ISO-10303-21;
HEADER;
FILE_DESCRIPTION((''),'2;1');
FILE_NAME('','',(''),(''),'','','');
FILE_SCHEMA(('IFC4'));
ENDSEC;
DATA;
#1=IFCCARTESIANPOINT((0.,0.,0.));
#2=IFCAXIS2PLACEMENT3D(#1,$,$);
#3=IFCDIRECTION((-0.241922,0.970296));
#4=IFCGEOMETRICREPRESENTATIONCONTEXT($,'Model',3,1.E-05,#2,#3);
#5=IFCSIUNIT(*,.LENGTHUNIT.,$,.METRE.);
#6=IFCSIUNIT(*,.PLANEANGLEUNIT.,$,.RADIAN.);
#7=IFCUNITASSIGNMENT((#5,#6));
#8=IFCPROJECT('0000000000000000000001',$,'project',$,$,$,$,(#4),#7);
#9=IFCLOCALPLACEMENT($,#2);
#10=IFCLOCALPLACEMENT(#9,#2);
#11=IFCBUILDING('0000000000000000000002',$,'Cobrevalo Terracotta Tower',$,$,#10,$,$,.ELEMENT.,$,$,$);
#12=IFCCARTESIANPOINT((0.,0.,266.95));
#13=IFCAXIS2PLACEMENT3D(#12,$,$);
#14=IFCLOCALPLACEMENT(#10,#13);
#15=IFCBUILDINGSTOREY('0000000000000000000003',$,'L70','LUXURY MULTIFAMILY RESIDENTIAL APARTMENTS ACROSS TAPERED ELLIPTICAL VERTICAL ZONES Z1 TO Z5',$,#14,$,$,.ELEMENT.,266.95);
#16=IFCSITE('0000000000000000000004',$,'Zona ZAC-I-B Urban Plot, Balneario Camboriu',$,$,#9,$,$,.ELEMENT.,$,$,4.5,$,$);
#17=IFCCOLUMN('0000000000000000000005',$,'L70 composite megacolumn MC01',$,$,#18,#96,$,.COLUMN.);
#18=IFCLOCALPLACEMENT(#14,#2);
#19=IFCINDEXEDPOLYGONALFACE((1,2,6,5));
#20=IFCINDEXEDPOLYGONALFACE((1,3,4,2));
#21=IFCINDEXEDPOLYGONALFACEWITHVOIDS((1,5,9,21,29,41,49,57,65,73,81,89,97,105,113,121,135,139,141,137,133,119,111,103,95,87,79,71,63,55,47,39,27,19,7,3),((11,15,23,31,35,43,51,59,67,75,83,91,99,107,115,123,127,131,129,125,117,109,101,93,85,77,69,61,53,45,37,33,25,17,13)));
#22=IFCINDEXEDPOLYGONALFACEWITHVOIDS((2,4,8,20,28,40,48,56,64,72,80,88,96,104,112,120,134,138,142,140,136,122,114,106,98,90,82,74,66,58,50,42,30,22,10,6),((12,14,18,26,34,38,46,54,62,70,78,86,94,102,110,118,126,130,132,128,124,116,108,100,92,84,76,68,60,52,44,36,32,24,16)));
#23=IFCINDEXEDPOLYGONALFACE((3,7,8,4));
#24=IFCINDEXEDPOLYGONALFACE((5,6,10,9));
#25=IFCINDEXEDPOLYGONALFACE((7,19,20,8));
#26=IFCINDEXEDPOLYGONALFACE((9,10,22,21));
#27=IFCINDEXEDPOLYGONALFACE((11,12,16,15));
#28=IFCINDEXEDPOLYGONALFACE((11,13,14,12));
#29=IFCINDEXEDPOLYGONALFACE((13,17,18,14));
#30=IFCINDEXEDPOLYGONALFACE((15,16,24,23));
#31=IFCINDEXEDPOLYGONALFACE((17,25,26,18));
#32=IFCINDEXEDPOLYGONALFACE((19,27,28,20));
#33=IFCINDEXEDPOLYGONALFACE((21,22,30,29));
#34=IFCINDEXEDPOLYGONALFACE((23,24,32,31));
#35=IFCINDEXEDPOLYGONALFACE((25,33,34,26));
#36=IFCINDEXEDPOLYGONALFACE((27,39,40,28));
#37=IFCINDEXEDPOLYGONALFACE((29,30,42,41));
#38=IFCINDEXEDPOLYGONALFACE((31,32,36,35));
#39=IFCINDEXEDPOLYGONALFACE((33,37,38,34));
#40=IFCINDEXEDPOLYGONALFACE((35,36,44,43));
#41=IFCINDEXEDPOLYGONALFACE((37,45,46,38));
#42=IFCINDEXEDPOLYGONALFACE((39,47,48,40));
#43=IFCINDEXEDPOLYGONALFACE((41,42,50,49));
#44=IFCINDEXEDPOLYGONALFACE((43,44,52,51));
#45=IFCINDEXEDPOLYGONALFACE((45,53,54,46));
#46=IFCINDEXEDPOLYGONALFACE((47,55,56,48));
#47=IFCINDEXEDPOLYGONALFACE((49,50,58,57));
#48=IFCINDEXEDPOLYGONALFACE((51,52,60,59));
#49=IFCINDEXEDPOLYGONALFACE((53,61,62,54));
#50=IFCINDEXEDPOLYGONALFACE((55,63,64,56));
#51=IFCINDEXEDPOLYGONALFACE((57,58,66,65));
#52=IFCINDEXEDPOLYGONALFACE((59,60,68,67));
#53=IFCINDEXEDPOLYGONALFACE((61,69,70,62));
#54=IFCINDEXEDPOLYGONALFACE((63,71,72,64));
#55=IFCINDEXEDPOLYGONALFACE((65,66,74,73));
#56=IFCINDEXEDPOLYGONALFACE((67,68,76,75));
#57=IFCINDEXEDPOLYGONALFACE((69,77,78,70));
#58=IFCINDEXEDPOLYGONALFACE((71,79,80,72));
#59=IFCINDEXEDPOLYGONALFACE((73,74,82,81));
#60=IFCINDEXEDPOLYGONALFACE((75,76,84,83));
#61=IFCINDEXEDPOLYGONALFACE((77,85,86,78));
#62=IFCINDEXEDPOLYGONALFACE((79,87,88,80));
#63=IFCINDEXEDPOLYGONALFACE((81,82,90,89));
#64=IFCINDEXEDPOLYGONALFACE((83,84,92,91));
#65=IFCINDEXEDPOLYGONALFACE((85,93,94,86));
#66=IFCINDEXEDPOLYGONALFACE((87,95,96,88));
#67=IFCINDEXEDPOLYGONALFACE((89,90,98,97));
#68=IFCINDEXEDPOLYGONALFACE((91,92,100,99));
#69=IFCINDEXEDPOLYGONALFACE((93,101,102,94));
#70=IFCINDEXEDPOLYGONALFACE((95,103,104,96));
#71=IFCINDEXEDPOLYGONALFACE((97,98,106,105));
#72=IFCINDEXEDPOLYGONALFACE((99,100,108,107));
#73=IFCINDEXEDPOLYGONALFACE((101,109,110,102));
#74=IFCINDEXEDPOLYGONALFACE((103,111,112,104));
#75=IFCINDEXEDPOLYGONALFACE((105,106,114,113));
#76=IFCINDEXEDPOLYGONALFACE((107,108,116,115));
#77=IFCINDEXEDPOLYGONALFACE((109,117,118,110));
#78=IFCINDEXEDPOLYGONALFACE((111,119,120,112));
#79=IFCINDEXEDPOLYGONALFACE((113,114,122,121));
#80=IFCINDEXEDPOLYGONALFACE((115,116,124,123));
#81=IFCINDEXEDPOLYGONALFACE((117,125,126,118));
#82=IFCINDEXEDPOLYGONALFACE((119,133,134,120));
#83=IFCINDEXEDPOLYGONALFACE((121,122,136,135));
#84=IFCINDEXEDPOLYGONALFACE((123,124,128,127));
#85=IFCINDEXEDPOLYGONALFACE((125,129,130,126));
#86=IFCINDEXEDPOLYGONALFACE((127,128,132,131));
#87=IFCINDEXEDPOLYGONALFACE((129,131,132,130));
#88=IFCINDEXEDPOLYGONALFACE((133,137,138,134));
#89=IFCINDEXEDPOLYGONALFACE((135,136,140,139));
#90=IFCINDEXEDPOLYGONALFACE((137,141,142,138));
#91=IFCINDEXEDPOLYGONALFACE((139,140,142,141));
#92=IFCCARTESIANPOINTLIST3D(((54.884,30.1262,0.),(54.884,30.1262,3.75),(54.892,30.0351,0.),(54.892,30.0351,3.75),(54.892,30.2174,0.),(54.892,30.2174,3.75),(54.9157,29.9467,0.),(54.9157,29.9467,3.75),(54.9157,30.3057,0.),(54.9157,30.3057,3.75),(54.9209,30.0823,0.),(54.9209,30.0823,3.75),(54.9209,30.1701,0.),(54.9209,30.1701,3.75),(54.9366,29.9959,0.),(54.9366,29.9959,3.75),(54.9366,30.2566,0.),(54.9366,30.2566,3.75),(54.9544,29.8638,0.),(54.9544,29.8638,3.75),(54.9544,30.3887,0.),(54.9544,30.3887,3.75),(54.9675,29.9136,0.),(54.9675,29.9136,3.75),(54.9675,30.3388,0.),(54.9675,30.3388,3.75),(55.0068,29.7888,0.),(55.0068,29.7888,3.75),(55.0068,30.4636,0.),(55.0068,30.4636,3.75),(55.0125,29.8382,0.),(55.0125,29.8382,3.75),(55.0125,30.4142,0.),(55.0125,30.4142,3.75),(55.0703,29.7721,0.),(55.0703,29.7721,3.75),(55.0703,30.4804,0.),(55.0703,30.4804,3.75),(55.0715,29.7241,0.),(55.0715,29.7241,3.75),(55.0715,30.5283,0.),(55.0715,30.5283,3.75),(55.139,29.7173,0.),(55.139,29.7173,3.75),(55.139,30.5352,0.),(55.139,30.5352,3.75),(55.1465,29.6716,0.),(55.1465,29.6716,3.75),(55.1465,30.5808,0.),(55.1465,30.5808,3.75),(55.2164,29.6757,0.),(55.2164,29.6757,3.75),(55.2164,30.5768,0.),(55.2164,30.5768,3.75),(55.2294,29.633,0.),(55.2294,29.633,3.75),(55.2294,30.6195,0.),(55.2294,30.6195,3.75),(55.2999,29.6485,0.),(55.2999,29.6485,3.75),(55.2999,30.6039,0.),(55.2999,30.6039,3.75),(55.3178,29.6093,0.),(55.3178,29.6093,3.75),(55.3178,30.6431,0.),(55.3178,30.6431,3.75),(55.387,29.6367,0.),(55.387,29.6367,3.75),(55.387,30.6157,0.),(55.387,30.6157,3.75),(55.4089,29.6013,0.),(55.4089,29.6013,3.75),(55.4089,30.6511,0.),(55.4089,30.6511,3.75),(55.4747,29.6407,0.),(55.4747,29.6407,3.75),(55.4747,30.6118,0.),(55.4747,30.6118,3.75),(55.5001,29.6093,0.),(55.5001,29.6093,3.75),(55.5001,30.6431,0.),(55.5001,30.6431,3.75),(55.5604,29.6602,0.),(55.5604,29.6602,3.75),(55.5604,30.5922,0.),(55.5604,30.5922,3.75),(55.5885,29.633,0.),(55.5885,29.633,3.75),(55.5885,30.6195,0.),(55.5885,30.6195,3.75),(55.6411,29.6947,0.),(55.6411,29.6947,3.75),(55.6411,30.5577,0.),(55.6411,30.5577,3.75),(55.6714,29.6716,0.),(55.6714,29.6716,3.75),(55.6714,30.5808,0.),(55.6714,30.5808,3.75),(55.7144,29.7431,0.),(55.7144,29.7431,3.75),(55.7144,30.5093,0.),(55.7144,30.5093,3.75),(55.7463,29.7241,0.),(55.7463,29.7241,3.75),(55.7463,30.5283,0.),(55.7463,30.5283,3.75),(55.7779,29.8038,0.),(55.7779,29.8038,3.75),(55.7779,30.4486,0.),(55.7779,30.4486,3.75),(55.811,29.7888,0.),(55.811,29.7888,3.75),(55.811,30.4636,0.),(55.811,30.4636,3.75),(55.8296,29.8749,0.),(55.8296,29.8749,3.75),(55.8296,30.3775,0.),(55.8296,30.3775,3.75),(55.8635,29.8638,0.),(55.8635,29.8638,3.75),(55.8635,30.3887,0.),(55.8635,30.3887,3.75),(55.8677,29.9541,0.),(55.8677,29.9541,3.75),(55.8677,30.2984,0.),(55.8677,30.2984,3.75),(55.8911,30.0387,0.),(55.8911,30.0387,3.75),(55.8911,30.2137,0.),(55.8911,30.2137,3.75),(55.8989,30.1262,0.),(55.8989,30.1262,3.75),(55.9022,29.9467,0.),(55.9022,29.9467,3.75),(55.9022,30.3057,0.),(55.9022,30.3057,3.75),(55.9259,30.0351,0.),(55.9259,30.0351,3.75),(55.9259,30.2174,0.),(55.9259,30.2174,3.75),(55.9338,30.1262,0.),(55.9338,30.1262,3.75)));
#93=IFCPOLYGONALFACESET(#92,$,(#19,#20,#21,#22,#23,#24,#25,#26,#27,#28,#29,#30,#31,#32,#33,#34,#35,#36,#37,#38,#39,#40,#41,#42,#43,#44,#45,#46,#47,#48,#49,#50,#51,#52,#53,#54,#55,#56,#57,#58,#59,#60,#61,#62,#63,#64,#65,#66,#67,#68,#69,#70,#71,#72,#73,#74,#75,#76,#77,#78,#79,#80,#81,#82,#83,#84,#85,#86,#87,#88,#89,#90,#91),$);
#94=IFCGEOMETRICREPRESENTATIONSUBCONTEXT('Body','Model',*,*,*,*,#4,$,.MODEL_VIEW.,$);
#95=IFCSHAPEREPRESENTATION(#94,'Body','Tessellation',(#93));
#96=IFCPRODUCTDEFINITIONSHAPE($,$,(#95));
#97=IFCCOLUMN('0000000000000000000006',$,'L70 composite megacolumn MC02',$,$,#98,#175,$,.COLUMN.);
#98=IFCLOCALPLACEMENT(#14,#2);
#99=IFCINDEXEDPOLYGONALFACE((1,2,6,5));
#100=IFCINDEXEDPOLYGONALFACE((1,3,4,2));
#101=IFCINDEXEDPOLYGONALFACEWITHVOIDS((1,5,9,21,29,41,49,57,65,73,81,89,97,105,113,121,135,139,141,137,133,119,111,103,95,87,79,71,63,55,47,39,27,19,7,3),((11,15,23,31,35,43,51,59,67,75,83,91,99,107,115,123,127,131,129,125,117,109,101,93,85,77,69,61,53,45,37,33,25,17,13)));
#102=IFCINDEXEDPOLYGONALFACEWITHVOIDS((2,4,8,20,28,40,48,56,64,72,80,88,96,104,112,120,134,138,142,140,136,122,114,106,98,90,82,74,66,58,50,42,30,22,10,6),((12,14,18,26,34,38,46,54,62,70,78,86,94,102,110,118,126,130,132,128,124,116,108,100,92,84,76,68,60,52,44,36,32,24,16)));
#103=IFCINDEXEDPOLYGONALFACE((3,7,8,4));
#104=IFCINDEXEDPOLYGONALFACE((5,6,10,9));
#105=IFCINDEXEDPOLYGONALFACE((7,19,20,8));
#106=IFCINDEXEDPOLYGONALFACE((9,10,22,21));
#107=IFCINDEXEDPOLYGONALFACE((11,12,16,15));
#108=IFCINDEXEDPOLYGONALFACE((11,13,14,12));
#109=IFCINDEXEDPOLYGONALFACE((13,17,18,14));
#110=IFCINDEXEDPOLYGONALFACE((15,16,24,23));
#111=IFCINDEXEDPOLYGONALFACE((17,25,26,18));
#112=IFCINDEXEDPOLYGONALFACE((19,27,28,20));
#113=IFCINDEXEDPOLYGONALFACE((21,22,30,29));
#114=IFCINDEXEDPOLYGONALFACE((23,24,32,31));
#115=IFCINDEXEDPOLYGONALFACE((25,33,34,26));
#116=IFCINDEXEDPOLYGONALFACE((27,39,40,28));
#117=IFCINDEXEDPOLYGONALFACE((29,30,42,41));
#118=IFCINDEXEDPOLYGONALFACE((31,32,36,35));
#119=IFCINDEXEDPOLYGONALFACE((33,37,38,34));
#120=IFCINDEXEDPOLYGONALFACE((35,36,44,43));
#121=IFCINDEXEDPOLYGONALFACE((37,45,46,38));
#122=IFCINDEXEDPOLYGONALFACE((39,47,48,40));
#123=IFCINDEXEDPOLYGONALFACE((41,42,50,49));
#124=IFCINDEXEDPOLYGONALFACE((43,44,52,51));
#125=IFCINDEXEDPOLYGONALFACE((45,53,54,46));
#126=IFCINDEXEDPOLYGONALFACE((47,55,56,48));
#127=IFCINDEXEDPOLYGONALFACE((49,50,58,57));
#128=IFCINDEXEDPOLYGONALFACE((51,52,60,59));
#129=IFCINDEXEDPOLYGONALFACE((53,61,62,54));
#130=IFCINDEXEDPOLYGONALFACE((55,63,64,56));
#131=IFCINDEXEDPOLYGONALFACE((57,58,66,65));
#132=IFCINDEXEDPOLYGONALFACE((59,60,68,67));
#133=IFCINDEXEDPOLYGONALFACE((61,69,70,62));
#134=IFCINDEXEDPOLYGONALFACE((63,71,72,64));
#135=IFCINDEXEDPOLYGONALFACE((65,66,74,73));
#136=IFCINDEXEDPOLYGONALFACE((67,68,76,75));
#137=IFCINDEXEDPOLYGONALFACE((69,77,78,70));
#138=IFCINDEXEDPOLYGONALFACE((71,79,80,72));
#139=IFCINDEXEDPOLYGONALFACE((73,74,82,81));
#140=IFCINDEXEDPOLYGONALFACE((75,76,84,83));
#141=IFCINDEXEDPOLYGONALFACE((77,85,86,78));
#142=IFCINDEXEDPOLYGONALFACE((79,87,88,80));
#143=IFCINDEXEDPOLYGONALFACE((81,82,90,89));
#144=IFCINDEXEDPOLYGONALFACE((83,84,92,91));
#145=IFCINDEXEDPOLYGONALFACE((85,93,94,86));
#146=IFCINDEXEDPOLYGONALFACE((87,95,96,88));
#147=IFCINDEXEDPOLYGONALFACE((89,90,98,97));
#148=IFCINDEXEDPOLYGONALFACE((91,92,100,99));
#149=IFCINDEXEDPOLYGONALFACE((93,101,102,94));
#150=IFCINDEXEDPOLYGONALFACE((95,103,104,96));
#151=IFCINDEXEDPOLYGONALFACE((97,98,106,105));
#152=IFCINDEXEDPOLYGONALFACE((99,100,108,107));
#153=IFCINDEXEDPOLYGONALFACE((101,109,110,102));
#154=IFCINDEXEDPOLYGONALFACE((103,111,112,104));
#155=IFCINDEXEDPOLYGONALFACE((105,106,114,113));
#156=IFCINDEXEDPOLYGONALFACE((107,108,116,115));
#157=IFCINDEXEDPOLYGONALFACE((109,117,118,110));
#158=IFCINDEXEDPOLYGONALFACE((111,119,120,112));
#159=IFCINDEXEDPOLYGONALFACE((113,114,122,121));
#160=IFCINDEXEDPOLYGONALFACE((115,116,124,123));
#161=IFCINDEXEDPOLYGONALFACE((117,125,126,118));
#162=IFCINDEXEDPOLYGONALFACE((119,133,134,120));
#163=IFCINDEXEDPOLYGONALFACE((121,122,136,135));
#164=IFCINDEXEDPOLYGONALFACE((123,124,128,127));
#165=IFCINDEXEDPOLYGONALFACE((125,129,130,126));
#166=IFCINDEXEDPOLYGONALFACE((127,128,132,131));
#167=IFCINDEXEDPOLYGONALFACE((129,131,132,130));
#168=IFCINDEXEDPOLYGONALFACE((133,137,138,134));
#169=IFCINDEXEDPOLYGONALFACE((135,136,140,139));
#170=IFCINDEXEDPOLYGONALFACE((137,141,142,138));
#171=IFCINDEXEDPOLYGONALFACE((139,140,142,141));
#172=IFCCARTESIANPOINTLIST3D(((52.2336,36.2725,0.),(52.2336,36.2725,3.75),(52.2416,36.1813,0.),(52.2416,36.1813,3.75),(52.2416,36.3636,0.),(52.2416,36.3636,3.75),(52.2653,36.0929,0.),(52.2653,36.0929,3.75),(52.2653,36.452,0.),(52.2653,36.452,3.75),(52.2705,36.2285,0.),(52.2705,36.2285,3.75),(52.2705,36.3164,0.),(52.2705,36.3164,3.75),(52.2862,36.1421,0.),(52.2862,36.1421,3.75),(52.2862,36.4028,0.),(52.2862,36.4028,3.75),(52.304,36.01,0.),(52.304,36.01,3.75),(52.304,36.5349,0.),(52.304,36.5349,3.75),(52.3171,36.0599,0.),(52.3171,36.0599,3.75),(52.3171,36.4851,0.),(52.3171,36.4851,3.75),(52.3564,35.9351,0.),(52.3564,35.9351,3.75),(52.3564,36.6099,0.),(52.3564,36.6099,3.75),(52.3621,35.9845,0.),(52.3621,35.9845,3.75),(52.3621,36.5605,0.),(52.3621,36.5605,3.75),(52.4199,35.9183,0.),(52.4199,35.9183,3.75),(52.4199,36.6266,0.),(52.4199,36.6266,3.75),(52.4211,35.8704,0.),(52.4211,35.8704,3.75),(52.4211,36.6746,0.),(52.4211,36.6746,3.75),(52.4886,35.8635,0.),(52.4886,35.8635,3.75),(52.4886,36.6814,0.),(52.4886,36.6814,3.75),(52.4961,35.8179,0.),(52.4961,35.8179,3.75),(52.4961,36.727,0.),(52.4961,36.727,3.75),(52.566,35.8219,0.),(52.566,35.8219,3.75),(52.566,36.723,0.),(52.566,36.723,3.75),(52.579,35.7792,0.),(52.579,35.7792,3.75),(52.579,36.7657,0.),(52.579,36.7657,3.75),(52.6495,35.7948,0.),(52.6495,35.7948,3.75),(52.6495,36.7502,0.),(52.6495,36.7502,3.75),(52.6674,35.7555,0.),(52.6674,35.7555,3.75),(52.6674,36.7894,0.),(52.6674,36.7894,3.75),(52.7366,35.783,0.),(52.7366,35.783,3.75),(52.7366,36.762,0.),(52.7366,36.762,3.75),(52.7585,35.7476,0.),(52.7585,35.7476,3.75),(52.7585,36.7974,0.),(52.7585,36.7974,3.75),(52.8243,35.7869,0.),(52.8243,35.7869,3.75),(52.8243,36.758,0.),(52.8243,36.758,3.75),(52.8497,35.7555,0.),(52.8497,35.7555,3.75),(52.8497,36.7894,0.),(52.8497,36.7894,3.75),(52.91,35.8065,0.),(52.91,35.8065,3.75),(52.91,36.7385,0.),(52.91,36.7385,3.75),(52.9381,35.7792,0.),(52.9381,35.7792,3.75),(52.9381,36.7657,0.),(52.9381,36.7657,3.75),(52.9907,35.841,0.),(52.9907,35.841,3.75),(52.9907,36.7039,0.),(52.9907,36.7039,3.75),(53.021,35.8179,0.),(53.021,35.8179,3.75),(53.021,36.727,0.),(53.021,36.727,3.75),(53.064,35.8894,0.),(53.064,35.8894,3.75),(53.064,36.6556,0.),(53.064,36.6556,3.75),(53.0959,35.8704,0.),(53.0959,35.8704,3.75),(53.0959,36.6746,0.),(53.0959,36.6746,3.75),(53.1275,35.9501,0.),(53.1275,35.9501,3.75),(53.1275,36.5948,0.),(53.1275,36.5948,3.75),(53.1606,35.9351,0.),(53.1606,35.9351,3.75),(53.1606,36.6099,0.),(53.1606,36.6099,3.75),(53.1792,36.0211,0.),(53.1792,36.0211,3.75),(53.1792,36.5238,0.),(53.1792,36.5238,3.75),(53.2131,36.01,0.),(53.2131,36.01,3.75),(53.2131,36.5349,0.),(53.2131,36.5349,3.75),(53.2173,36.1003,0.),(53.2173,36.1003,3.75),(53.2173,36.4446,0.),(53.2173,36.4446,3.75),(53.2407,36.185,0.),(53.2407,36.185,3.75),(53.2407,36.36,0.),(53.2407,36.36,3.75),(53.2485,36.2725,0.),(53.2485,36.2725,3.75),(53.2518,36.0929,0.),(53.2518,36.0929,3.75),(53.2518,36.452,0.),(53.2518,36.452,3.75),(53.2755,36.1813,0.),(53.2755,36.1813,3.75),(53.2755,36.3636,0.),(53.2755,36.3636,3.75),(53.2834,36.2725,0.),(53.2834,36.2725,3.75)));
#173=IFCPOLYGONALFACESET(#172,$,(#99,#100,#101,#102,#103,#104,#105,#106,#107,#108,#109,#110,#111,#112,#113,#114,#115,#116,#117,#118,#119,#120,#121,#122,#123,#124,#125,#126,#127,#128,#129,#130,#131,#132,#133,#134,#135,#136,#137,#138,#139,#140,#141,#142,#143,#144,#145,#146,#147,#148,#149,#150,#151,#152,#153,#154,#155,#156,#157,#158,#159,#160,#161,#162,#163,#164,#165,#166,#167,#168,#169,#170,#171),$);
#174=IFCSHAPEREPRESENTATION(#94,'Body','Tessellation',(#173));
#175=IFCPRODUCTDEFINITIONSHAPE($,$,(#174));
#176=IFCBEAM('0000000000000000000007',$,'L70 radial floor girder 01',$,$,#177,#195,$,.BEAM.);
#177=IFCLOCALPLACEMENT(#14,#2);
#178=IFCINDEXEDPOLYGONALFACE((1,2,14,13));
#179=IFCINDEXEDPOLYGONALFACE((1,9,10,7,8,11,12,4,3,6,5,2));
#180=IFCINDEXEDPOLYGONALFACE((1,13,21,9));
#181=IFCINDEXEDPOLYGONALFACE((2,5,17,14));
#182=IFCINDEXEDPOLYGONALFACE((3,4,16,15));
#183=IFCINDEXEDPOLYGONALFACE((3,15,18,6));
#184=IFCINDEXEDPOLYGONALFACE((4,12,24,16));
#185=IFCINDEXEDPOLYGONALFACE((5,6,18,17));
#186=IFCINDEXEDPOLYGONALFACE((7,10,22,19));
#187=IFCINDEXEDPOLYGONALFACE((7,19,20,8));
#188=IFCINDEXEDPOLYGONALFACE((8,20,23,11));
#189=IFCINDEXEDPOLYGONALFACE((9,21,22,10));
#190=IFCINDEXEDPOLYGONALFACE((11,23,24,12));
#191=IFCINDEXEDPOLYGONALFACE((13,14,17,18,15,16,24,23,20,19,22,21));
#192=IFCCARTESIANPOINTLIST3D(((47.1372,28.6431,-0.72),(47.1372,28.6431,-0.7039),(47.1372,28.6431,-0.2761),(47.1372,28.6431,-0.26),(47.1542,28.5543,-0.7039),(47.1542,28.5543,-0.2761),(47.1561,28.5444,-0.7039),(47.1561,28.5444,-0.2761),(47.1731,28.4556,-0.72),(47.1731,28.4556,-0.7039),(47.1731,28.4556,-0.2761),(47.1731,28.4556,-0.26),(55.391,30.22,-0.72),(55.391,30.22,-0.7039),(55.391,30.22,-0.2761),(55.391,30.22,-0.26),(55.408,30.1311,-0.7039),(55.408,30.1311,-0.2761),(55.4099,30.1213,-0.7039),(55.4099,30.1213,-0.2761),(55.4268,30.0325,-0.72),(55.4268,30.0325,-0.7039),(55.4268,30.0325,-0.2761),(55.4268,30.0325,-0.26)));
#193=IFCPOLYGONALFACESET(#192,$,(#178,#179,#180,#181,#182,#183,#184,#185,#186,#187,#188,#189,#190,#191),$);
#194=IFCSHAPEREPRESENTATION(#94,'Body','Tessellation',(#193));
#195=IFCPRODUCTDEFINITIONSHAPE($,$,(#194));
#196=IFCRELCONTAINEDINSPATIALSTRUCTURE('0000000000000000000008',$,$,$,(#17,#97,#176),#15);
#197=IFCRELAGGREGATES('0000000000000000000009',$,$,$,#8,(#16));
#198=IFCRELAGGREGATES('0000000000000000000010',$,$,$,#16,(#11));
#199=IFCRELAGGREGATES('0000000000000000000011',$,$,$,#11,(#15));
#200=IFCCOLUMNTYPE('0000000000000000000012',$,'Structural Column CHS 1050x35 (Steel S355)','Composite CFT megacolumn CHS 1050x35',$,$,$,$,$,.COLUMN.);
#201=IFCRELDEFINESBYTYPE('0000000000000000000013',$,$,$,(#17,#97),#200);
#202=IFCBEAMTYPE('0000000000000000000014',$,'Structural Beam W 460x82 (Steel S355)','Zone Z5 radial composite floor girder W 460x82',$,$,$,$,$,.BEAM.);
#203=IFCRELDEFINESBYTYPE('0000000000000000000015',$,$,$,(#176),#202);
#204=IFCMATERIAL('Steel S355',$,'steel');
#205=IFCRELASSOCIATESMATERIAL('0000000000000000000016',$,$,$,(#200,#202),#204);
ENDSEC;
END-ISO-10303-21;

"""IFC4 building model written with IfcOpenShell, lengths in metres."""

from ifc_helpers import new_model, si_unit, direction, frame, origin, origin_2d, place, context, subcontext, project, spatial, hollow_circle, i_section, extrude, material, material_profile, profile_set, type_object, element, save


model = new_model("IFC4")

# Units and contexts
model_context = context("Model", 3, precision=1e-05, world=origin(), true_north=direction((-0.241922, 0.970296)))
body_context = subcontext(model_context, "Body", "Model", "MODEL_VIEW")
ifc_project = project(units=[si_unit("LENGTHUNIT", "METRE"), si_unit("PLANEANGLEUNIT", "RADIAN")], contexts=[model_context])

# Site, building, storey
site_placement = place(None, origin())
site = spatial("IfcSite", under=ifc_project, at=site_placement, Name="Zona ZAC-I-B Urban Plot, Balneario Camboriu", CompositionType="ELEMENT", RefElevation=4.5)
building_placement = place(site_placement, origin())
building = spatial("IfcBuilding", under=site, at=building_placement, Name="Cobrevalo Terracotta Tower", CompositionType="ELEMENT")
storey_placement = place(building_placement, frame((0.0, 0.0, 266.95)))
storey = spatial("IfcBuildingStorey", under=building, at=storey_placement, Name="L70", Description="LUXURY MULTIFAMILY RESIDENTIAL APARTMENTS ACROSS TAPERED ELLIPTICAL VERTICAL ZONES Z1 TO Z5", CompositionType="ELEMENT", Elevation=266.95)

# Columns
ifc_material_1 = material(Name="Steel S355", Category="steel")
ifc_material_profile_1 = material_profile(ifc_material_1, hollow_circle(Radius=0.5249, WallThickness=0.0349, at=origin_2d()), Name="CHS 1050x35")
ifc_profile_set_1 = profile_set([ifc_material_profile_1], Name="Steel S355")
column_type = type_object("IfcColumnType", Name="Structural Column CHS 1050x35 (Steel S355)", Description="Composite CFT megacolumn CHS 1050x35", PredefinedType="COLUMN", material=ifc_profile_set_1)
for number, where, z_axis, x_axis, name in (
    (1, (55.4089, 30.1262, 0.0), (0.0, 0.0, 1.0), (1.0, 0.0, 0.0), "L70 composite megacolumn MC01"),
    (2, (52.7585, 36.2725, 0.0), (0.0, 0.0, 1.0), (1.0, 0.0, 0.0), "L70 composite megacolumn MC02"),
):
    element("IfcColumn", number, at=place(storey_placement, frame(where, z_axis=z_axis, x_axis=x_axis)), inside=storey, type_object=column_type, Name=name, PredefinedType="COLUMN", context=body_context, shape_type="SweptSolid", body=[
        extrude(hollow_circle(Radius=0.5249, WallThickness=0.0349, at=origin_2d()), origin(), (0.0, 0.0, 1.0), 3.75),
    ])

# Beam
ifc_material_profile_2 = material_profile(ifc_material_1, i_section(OverallWidth=0.1909, OverallDepth=0.46, WebThickness=0.01, FlangeThickness=0.0161, at=origin_2d()), Name="W 460x82")
ifc_profile_set_2 = profile_set([ifc_material_profile_2], Name="Steel S355")
beam_type_1 = type_object("IfcBeamType", Name="Structural Beam W 460x82 (Steel S355)", Description="Zone Z5 radial composite floor girder W 460x82", PredefinedType="BEAM", material=ifc_profile_set_2)
beam_1_placement = place(storey_placement, frame((55.4089, 30.1262, -0.49), z_axis=(-0.982235, -0.187655, 0.0), x_axis=(0.187655, -0.982235, 0.0)))
element("IfcBeam", 3, at=beam_1_placement, inside=storey, type_object=beam_type_1, Name="L70 radial floor girder 01", PredefinedType="BEAM", context=body_context, shape_type="SweptSolid", body=[
    extrude(i_section(OverallWidth=0.1909, OverallDepth=0.46, WebThickness=0.01, FlangeThickness=0.0161, at=origin_2d()), origin(), (0.0, 0.0, 1.0), 8.4031),
])

save(model, "model.ifc")
